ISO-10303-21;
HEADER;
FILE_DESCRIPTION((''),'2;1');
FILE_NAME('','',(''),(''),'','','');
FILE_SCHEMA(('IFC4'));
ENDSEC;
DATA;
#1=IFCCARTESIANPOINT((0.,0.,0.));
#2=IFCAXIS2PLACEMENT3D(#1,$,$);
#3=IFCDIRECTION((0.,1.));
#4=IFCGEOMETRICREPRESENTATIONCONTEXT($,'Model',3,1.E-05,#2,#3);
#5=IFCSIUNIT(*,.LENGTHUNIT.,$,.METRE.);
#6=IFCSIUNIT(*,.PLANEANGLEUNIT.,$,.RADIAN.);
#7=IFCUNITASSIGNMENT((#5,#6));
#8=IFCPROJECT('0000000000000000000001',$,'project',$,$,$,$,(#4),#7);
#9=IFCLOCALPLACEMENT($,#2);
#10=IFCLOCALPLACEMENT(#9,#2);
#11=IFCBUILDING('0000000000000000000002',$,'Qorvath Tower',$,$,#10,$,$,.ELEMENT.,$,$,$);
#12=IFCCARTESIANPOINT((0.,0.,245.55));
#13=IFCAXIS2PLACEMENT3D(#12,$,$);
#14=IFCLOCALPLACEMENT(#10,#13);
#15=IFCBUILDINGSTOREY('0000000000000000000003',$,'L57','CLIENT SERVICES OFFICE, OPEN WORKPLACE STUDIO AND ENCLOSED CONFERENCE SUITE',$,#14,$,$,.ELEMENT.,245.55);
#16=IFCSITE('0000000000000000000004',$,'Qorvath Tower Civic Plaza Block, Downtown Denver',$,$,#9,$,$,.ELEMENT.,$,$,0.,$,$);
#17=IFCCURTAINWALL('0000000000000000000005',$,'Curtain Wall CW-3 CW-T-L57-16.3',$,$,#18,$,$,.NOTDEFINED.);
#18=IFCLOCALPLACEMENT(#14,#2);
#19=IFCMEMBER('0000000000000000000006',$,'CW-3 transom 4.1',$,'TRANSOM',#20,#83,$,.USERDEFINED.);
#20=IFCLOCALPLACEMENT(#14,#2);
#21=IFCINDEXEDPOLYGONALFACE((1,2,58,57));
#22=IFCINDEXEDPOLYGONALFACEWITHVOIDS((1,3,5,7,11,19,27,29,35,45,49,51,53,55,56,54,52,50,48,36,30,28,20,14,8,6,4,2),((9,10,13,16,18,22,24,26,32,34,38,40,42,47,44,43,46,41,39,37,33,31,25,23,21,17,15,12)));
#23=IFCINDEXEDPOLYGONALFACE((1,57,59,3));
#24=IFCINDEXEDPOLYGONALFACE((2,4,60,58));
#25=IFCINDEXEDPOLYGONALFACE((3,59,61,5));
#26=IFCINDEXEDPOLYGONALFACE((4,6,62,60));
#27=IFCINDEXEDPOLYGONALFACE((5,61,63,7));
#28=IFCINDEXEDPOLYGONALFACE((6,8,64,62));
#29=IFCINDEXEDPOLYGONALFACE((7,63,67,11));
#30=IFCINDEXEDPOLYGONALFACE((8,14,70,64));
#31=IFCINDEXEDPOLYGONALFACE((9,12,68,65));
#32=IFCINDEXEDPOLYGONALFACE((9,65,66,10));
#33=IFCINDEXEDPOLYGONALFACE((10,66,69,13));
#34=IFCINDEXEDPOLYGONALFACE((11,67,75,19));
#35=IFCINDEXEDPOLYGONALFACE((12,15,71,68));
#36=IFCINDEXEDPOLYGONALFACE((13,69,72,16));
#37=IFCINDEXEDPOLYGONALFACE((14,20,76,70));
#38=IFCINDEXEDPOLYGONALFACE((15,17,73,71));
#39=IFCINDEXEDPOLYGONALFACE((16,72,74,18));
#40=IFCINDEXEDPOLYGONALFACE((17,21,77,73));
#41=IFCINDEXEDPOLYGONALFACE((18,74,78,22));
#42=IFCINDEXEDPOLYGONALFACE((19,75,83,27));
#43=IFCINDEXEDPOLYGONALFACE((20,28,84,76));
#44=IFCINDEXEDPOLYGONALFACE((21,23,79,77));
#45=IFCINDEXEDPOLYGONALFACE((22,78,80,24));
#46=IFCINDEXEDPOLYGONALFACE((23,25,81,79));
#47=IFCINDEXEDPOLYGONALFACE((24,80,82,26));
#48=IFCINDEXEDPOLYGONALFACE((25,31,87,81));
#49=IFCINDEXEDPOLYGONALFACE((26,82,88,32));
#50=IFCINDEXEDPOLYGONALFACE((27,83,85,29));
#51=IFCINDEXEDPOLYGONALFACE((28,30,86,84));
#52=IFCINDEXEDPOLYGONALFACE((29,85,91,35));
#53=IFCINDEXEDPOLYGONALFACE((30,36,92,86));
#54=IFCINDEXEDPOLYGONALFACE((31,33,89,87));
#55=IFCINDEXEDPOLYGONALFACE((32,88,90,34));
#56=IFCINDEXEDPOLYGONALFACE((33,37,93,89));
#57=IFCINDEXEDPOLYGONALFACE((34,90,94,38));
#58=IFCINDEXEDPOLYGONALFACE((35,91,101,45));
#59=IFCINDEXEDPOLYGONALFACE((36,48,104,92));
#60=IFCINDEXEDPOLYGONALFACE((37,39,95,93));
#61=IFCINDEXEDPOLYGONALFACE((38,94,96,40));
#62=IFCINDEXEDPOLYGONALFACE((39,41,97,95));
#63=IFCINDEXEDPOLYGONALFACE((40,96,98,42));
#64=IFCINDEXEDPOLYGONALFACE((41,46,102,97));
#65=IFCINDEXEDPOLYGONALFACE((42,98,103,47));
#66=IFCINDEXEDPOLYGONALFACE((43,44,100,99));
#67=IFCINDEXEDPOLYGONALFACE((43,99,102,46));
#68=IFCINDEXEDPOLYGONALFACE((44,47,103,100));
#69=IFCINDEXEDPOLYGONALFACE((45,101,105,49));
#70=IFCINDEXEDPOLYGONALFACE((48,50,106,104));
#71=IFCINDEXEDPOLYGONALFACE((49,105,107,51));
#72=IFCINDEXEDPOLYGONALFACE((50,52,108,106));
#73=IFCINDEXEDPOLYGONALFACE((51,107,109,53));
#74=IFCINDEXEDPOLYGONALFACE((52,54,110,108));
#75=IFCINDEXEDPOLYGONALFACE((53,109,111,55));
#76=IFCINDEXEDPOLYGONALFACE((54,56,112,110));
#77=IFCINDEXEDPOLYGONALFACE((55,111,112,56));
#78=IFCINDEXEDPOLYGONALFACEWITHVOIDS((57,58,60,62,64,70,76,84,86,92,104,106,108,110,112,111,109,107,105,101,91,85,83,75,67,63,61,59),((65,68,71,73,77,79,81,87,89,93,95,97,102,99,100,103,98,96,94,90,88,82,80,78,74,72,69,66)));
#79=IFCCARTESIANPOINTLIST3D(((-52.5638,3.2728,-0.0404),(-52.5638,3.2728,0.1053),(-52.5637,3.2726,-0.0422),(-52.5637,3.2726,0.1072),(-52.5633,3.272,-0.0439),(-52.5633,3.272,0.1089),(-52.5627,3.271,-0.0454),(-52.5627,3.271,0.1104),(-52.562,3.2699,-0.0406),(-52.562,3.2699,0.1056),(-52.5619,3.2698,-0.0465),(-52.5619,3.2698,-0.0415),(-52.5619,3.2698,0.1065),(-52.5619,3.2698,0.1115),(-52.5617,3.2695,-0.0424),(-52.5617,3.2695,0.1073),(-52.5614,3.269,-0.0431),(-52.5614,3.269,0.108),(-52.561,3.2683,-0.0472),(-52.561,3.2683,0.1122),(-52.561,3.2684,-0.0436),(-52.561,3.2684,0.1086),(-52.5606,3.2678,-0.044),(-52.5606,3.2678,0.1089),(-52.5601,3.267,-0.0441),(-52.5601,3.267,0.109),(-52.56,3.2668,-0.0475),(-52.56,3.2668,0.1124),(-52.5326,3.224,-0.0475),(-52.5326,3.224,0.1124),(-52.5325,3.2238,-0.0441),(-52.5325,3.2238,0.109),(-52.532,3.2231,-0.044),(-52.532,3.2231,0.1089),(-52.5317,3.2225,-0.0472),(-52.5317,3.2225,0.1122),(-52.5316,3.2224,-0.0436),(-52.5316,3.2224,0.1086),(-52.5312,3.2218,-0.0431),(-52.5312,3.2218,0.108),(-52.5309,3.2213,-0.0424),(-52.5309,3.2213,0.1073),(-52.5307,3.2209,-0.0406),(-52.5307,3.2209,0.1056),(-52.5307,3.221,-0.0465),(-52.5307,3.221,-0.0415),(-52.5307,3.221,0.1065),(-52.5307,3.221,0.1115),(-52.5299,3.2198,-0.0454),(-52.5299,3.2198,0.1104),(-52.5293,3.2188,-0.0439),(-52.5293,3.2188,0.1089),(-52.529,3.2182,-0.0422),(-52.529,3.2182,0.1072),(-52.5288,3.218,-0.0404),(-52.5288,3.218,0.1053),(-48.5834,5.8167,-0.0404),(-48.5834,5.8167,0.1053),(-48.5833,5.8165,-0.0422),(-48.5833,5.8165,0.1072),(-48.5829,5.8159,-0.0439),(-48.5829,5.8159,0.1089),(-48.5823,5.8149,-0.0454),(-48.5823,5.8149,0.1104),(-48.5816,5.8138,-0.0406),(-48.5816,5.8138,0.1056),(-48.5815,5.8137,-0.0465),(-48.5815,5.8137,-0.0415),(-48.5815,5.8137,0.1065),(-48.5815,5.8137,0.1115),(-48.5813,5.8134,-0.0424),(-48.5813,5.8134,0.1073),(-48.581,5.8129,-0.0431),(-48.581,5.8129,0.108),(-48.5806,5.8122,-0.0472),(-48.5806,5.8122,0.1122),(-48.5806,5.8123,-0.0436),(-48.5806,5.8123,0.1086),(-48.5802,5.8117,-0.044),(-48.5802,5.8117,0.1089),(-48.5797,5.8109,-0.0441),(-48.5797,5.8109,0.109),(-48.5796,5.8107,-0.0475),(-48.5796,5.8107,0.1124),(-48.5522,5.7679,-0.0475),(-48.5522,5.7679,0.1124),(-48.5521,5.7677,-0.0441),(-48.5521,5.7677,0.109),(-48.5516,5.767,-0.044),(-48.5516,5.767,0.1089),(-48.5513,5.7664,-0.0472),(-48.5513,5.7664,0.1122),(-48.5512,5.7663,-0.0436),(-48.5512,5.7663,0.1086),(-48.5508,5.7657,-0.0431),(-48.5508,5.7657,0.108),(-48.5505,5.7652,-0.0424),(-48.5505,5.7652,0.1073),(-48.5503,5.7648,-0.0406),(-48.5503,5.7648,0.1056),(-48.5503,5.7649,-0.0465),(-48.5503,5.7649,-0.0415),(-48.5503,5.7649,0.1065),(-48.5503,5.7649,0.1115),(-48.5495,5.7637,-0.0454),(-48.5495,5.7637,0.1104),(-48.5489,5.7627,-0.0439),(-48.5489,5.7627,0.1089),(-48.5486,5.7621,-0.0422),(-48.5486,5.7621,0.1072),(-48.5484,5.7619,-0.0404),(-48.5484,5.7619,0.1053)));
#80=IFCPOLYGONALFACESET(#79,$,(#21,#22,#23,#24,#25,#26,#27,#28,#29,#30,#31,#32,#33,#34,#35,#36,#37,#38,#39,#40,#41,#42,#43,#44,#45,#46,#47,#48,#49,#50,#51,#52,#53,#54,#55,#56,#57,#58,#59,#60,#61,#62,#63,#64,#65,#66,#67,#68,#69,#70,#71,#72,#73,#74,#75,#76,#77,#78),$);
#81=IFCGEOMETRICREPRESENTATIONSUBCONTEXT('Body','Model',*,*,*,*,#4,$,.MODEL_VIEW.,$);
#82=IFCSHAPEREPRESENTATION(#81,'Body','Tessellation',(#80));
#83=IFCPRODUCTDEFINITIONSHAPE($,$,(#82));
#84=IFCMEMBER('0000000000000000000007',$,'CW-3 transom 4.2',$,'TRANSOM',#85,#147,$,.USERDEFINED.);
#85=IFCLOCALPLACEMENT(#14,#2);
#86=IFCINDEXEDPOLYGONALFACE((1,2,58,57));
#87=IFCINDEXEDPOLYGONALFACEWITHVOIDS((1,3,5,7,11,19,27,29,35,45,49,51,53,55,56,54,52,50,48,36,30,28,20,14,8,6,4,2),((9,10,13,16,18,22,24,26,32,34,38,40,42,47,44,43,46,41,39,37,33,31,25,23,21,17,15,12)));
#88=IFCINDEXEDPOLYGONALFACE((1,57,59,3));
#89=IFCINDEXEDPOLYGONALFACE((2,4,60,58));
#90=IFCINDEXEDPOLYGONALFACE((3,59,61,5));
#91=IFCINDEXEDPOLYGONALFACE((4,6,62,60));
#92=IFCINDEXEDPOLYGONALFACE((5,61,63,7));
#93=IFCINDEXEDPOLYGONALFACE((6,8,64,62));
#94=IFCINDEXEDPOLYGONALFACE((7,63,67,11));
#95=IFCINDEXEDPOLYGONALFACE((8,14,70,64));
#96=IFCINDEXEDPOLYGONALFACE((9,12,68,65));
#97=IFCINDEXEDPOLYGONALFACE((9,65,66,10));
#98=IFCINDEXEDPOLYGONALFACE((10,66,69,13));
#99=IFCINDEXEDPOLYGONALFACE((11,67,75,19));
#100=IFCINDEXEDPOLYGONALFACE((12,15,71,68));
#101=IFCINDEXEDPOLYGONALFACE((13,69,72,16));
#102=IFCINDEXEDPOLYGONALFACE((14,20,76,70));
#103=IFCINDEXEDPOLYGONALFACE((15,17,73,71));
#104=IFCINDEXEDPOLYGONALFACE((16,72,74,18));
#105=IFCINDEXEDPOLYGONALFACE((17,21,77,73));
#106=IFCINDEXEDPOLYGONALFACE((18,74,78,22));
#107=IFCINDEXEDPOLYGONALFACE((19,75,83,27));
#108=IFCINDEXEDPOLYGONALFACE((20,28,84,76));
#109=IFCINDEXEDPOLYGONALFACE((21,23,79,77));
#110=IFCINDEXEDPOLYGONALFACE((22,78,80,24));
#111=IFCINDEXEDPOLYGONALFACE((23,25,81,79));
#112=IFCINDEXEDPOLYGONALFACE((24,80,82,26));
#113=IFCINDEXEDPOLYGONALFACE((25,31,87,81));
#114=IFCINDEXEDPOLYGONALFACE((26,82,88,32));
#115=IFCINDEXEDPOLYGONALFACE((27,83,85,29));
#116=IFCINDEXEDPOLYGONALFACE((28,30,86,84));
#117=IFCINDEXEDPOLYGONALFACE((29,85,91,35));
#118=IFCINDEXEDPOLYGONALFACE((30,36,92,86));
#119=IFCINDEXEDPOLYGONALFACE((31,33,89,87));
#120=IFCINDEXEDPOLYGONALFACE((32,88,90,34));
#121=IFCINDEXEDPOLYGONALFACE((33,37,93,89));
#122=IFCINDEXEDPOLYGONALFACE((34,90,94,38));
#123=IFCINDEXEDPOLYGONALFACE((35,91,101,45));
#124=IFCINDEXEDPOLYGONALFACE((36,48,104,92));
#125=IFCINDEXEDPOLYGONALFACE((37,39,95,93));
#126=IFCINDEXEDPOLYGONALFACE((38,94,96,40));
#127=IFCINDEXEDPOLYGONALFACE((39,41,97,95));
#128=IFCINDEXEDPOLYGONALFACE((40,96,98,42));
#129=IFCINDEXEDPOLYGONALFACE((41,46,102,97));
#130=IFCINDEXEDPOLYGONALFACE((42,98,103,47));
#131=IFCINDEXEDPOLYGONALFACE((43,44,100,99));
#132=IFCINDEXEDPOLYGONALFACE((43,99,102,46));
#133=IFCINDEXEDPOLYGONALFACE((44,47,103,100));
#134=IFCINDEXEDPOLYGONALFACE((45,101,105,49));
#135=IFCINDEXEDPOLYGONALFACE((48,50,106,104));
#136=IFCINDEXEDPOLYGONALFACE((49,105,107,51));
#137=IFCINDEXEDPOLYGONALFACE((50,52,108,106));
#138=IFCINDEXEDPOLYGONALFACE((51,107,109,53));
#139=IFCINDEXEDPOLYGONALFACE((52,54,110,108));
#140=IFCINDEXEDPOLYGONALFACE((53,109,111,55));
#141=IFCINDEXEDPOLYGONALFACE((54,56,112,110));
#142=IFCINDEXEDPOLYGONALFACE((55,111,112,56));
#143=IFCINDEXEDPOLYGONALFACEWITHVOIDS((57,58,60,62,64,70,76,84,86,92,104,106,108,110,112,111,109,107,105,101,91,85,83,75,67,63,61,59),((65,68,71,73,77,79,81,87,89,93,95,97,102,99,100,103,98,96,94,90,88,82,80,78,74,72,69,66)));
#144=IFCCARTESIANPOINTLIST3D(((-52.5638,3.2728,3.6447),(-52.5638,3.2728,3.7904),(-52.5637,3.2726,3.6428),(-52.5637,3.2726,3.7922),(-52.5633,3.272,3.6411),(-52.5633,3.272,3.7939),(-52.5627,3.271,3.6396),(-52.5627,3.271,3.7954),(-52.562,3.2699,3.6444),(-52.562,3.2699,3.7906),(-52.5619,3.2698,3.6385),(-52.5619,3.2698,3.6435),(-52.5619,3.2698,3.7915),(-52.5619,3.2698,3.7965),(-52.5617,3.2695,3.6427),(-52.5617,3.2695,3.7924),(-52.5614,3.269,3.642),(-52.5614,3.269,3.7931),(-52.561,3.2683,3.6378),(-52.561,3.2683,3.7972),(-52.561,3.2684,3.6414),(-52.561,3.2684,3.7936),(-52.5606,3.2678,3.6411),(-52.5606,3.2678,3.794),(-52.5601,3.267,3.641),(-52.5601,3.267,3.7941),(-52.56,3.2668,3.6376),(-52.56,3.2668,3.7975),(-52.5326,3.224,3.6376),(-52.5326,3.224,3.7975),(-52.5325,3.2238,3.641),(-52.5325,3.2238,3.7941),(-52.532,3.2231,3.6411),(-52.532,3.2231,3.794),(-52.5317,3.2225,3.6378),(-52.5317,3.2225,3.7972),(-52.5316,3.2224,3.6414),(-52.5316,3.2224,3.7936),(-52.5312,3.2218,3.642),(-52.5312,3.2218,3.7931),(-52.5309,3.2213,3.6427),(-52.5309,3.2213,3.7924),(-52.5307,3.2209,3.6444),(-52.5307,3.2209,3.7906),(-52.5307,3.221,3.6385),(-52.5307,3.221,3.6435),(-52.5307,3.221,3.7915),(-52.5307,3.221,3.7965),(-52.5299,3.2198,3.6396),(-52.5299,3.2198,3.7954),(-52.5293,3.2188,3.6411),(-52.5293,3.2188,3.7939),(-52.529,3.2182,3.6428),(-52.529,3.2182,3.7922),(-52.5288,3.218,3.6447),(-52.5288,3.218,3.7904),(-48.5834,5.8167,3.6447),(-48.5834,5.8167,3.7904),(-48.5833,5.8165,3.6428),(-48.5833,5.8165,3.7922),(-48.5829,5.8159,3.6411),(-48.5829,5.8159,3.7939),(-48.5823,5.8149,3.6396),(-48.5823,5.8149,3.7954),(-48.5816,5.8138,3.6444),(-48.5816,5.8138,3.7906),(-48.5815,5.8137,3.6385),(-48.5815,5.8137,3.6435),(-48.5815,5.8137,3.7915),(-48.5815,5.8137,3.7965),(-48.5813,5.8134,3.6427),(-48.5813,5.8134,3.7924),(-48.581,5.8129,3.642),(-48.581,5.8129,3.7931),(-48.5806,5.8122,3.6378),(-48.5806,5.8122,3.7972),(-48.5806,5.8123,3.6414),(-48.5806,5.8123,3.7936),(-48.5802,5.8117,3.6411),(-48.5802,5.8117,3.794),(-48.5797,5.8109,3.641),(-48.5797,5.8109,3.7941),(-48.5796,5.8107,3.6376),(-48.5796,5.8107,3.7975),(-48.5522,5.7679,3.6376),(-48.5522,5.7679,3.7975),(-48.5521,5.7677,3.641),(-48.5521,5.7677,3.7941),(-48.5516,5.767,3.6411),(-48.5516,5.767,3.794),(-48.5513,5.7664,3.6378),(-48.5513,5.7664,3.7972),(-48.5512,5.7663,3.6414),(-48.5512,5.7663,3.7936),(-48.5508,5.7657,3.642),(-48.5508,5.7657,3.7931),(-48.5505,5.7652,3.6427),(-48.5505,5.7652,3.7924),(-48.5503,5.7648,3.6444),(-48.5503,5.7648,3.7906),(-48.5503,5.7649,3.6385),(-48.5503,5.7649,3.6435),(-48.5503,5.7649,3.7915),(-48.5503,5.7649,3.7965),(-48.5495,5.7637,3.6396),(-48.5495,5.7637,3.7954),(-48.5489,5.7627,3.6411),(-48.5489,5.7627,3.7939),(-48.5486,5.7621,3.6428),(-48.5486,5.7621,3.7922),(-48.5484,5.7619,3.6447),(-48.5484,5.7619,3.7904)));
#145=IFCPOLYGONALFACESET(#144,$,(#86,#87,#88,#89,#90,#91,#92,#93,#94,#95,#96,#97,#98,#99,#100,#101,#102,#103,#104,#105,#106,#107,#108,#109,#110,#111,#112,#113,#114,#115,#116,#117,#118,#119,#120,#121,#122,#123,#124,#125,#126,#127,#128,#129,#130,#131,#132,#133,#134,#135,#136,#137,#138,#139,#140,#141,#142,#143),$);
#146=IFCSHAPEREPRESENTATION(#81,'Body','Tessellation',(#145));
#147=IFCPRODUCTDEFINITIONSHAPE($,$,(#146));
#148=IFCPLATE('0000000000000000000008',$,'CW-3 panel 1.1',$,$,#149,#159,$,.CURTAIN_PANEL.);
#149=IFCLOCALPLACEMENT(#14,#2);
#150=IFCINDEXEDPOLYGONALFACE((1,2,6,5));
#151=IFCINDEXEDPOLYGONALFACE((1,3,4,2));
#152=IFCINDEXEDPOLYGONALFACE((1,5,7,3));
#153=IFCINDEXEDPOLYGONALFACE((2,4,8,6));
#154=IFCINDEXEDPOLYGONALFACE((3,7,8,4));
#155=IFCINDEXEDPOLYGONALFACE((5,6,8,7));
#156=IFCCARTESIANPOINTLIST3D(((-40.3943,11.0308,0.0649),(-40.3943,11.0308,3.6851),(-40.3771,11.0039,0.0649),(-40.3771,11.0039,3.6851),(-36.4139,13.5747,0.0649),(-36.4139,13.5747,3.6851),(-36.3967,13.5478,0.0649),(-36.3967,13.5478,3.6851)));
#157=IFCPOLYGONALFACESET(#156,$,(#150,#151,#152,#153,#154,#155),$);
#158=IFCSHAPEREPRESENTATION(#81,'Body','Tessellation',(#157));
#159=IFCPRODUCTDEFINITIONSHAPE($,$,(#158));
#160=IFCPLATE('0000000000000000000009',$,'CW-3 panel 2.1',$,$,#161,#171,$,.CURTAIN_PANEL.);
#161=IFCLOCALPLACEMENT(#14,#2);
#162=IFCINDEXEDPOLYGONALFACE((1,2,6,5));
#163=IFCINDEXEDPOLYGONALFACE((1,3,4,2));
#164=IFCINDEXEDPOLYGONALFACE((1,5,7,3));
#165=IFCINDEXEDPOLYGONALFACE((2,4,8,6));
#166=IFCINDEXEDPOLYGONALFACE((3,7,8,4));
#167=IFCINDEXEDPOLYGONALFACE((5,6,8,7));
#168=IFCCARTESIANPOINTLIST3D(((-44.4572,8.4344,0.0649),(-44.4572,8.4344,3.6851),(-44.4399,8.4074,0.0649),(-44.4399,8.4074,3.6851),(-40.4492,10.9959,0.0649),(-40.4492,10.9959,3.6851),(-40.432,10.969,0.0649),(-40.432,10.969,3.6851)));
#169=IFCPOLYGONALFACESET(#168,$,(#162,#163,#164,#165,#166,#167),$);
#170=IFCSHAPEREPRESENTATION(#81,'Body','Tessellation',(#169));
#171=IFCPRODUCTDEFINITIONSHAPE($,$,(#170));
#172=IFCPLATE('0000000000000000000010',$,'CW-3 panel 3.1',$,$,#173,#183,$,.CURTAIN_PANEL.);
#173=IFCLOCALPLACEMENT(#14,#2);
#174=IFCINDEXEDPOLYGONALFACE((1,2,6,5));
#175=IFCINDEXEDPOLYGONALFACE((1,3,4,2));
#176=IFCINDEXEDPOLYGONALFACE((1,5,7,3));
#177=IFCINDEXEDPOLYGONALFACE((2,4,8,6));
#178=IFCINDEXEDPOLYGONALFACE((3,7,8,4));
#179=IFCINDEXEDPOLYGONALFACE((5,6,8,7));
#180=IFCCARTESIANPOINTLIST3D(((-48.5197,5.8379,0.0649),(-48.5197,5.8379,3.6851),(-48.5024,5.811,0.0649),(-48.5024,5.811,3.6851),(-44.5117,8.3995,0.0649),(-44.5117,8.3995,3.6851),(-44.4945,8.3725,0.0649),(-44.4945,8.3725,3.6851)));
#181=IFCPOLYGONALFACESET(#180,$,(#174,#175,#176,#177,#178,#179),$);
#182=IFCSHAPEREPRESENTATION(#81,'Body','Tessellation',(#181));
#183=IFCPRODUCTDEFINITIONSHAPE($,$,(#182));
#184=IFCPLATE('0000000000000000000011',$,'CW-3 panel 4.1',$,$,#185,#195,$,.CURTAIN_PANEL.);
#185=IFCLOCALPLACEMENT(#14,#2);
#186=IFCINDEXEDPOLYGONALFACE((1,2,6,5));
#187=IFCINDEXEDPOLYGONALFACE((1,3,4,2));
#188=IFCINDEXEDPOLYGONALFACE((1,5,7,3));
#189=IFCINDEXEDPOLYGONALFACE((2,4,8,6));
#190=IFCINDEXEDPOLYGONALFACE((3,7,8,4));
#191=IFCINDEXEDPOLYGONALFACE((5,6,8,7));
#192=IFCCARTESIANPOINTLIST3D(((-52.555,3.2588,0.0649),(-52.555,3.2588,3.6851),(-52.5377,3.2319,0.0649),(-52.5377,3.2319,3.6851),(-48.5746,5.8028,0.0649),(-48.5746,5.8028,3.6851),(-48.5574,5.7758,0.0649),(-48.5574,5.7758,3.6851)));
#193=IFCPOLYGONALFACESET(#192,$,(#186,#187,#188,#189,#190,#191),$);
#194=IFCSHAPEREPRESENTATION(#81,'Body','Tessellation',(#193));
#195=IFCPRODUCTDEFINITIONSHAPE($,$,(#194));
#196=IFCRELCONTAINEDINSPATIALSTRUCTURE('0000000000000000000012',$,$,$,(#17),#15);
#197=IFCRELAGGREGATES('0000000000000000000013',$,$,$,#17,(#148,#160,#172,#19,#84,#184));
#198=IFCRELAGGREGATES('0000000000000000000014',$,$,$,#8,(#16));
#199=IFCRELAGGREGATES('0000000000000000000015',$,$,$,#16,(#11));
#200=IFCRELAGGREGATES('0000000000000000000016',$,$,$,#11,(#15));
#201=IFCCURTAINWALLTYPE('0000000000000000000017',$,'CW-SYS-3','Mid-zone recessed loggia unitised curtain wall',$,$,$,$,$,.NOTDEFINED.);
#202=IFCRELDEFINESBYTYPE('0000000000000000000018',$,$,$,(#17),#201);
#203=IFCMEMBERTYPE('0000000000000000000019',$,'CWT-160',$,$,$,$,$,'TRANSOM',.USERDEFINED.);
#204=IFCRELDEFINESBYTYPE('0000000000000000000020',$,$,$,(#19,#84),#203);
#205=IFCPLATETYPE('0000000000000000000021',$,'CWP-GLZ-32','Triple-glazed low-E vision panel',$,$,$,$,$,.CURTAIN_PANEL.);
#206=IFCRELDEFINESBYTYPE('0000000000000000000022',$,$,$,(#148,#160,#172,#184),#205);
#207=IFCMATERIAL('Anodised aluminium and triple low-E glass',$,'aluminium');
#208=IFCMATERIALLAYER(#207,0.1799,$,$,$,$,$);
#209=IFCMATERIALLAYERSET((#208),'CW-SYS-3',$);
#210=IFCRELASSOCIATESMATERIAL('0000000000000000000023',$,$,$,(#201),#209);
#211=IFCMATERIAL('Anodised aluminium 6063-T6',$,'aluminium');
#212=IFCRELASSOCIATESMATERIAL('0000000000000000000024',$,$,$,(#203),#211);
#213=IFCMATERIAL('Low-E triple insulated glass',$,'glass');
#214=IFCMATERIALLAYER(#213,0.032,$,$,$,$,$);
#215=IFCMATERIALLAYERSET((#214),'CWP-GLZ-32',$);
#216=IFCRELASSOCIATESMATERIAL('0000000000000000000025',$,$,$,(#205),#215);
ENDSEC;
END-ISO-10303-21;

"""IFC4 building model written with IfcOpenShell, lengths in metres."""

from ifc_helpers import new_model, si_unit, direction, frame, origin, origin_2d, place, context, subcontext, project, spatial, rectangle, hollow_rectangle, extrude, material, layer, layer_set, material_profile, profile_set, type_object, element, aggregate, save


model = new_model("IFC4")

# Units and contexts
model_context = context("Model", 3, precision=1e-05, world=origin(), true_north=direction((0.0, 1.0)))
body_context = subcontext(model_context, "Body", "Model", "MODEL_VIEW")
ifc_project = project(units=[si_unit("LENGTHUNIT", "METRE"), si_unit("PLANEANGLEUNIT", "RADIAN")], contexts=[model_context])

# Site, building, storey
site_placement = place(None, origin())
site = spatial("IfcSite", under=ifc_project, at=site_placement, Name="Qorvath Tower Civic Plaza Block, Downtown Denver", CompositionType="ELEMENT", RefElevation=0.0)
building_placement = place(site_placement, origin())
building = spatial("IfcBuilding", under=site, at=building_placement, Name="Qorvath Tower", CompositionType="ELEMENT")
storey_placement = place(building_placement, frame((0.0, 0.0, 245.55)))
storey = spatial("IfcBuildingStorey", under=building, at=storey_placement, Name="L57", Description="CLIENT SERVICES OFFICE, OPEN WORKPLACE STUDIO AND ENCLOSED CONFERENCE SUITE", CompositionType="ELEMENT", Elevation=245.55)

# Curtain wall, members, plates
ifc_material_1 = material(Name="Anodised aluminium and triple low-E glass", Category="aluminium")
ifc_layer_1 = layer(ifc_material_1, 0.1799)
ifc_layer_set_1 = layer_set([ifc_layer_1], Name="CW-SYS-3")
curtain_wall_type = type_object("IfcCurtainWallType", Name="CW-SYS-3", Description="Mid-zone recessed loggia unitised curtain wall", PredefinedType="NOTDEFINED", material=ifc_layer_set_1)
curtain_wall_placement = place(storey_placement, origin())
curtain_wall = element("IfcCurtainWall", 1, at=curtain_wall_placement, inside=storey, type_object=curtain_wall_type, Name="Curtain Wall CW-3 CW-T-L57-16.3", PredefinedType="NOTDEFINED")
ifc_material_2 = material(Name="Anodised aluminium 6063-T6", Category="aluminium")
ifc_material_profile_1 = material_profile(ifc_material_2, hollow_rectangle(XDim=0.0649, YDim=0.1599, WallThickness=0.0034, InnerFilletRadius=0.0034, OuterFilletRadius=0.0071, at=origin_2d()), Name="CWT 160x65")
ifc_profile_set_1 = profile_set([ifc_material_profile_1], Name="Anodised aluminium 6063-T6")
member_type_1 = type_object("IfcMemberType", Name="CWT-160", ElementType="TRANSOM", PredefinedType="USERDEFINED", material=ifc_profile_set_1)
member_1_placement = place(storey_placement, frame((-48.5659, 5.7893, 0.0325), z_axis=(-0.842613, -0.53852, 0.0), x_axis=(0.53852, -0.842613, 0.0)))
member_1 = element("IfcMember", 2, at=member_1_placement, type_object=member_type_1, Name="CW-3 transom 4.1", ObjectType="TRANSOM", PredefinedType="USERDEFINED", context=body_context, shape_type="SweptSolid", body=[
    extrude(hollow_rectangle(XDim=0.0649, YDim=0.1599, WallThickness=0.0034, InnerFilletRadius=0.0034, OuterFilletRadius=0.0071, at=origin_2d()), origin(), (0.0, 0.0, 1.0), 4.7239),
])
member_2_placement = place(storey_placement, frame((-48.5659, 5.7893, 3.7175), z_axis=(-0.842613, -0.53852, 0.0), x_axis=(0.53852, -0.842613, 0.0)))
member_2 = element("IfcMember", 3, at=member_2_placement, type_object=member_type_1, Name="CW-3 transom 4.2", ObjectType="TRANSOM", PredefinedType="USERDEFINED", context=body_context, shape_type="SweptSolid", body=[
    extrude(hollow_rectangle(XDim=0.0649, YDim=0.1599, WallThickness=0.0034, InnerFilletRadius=0.0034, OuterFilletRadius=0.0071, at=origin_2d()), origin(), (0.0, 0.0, 1.0), 4.7239),
])
ifc_material_3 = material(Name="Low-E triple insulated glass", Category="glass")
ifc_layer_2 = layer(ifc_material_3, 0.032)
ifc_layer_set_2 = layer_set([ifc_layer_2], Name="CWP-GLZ-32")
plate_type = type_object("IfcPlateType", Name="CWP-GLZ-32", Description="Triple-glazed low-E vision panel", PredefinedType="CURTAIN_PANEL", material=ifc_layer_set_2)
plate_1_placement = place(storey_placement, frame((-38.3955, 12.2893, 0.0649), z_axis=(0.0, 0.0, 1.0), x_axis=(-0.842608, -0.538527, 0.0)))
plate_1 = element("IfcPlate", 4, at=plate_1_placement, type_object=plate_type, Name="CW-3 panel 1.1", PredefinedType="CURTAIN_PANEL", context=body_context, shape_type="SweptSolid", body=[
    extrude(rectangle(XDim=4.7239, YDim=0.032, at=origin_2d()), origin(), (0.0, 0.0, 1.0), 3.6201),
])
plate_2_placement = place(storey_placement, frame((-42.4446, 9.7017, 0.0649), z_axis=(0.0, 0.0, 1.0), x_axis=(-0.842608, -0.538527, 0.0)))
plate_2 = element("IfcPlate", 5, at=plate_2_placement, type_object=plate_type, Name="CW-3 panel 2.1", PredefinedType="CURTAIN_PANEL", context=body_context, shape_type="SweptSolid", body=[
    extrude(rectangle(XDim=4.7566, YDim=0.032, at=origin_2d()), origin(), (0.0, 0.0, 1.0), 3.6201),
])
plate_3_placement = place(storey_placement, frame((-46.5071, 7.1052, 0.0649), z_axis=(0.0, 0.0, 1.0), x_axis=(-0.842608, -0.538527, 0.0)))
plate_3 = element("IfcPlate", 6, at=plate_3_placement, type_object=plate_type, Name="CW-3 panel 3.1", PredefinedType="CURTAIN_PANEL", context=body_context, shape_type="SweptSolid", body=[
    extrude(rectangle(XDim=4.7566, YDim=0.032, at=origin_2d()), origin(), (0.0, 0.0, 1.0), 3.6201),
])
plate_4_placement = place(storey_placement, frame((-50.5562, 4.5173, 0.0649), z_axis=(0.0, 0.0, 1.0), x_axis=(-0.842608, -0.538527, 0.0)))
plate_4 = element("IfcPlate", 7, at=plate_4_placement, type_object=plate_type, Name="CW-3 panel 4.1", PredefinedType="CURTAIN_PANEL", context=body_context, shape_type="SweptSolid", body=[
    extrude(rectangle(XDim=4.7239, YDim=0.032, at=origin_2d()), origin(), (0.0, 0.0, 1.0), 3.6201),
])
aggregate(curtain_wall, [plate_1, plate_2, plate_3, member_1, member_2, plate_4])

save(model, "model.ifc")
